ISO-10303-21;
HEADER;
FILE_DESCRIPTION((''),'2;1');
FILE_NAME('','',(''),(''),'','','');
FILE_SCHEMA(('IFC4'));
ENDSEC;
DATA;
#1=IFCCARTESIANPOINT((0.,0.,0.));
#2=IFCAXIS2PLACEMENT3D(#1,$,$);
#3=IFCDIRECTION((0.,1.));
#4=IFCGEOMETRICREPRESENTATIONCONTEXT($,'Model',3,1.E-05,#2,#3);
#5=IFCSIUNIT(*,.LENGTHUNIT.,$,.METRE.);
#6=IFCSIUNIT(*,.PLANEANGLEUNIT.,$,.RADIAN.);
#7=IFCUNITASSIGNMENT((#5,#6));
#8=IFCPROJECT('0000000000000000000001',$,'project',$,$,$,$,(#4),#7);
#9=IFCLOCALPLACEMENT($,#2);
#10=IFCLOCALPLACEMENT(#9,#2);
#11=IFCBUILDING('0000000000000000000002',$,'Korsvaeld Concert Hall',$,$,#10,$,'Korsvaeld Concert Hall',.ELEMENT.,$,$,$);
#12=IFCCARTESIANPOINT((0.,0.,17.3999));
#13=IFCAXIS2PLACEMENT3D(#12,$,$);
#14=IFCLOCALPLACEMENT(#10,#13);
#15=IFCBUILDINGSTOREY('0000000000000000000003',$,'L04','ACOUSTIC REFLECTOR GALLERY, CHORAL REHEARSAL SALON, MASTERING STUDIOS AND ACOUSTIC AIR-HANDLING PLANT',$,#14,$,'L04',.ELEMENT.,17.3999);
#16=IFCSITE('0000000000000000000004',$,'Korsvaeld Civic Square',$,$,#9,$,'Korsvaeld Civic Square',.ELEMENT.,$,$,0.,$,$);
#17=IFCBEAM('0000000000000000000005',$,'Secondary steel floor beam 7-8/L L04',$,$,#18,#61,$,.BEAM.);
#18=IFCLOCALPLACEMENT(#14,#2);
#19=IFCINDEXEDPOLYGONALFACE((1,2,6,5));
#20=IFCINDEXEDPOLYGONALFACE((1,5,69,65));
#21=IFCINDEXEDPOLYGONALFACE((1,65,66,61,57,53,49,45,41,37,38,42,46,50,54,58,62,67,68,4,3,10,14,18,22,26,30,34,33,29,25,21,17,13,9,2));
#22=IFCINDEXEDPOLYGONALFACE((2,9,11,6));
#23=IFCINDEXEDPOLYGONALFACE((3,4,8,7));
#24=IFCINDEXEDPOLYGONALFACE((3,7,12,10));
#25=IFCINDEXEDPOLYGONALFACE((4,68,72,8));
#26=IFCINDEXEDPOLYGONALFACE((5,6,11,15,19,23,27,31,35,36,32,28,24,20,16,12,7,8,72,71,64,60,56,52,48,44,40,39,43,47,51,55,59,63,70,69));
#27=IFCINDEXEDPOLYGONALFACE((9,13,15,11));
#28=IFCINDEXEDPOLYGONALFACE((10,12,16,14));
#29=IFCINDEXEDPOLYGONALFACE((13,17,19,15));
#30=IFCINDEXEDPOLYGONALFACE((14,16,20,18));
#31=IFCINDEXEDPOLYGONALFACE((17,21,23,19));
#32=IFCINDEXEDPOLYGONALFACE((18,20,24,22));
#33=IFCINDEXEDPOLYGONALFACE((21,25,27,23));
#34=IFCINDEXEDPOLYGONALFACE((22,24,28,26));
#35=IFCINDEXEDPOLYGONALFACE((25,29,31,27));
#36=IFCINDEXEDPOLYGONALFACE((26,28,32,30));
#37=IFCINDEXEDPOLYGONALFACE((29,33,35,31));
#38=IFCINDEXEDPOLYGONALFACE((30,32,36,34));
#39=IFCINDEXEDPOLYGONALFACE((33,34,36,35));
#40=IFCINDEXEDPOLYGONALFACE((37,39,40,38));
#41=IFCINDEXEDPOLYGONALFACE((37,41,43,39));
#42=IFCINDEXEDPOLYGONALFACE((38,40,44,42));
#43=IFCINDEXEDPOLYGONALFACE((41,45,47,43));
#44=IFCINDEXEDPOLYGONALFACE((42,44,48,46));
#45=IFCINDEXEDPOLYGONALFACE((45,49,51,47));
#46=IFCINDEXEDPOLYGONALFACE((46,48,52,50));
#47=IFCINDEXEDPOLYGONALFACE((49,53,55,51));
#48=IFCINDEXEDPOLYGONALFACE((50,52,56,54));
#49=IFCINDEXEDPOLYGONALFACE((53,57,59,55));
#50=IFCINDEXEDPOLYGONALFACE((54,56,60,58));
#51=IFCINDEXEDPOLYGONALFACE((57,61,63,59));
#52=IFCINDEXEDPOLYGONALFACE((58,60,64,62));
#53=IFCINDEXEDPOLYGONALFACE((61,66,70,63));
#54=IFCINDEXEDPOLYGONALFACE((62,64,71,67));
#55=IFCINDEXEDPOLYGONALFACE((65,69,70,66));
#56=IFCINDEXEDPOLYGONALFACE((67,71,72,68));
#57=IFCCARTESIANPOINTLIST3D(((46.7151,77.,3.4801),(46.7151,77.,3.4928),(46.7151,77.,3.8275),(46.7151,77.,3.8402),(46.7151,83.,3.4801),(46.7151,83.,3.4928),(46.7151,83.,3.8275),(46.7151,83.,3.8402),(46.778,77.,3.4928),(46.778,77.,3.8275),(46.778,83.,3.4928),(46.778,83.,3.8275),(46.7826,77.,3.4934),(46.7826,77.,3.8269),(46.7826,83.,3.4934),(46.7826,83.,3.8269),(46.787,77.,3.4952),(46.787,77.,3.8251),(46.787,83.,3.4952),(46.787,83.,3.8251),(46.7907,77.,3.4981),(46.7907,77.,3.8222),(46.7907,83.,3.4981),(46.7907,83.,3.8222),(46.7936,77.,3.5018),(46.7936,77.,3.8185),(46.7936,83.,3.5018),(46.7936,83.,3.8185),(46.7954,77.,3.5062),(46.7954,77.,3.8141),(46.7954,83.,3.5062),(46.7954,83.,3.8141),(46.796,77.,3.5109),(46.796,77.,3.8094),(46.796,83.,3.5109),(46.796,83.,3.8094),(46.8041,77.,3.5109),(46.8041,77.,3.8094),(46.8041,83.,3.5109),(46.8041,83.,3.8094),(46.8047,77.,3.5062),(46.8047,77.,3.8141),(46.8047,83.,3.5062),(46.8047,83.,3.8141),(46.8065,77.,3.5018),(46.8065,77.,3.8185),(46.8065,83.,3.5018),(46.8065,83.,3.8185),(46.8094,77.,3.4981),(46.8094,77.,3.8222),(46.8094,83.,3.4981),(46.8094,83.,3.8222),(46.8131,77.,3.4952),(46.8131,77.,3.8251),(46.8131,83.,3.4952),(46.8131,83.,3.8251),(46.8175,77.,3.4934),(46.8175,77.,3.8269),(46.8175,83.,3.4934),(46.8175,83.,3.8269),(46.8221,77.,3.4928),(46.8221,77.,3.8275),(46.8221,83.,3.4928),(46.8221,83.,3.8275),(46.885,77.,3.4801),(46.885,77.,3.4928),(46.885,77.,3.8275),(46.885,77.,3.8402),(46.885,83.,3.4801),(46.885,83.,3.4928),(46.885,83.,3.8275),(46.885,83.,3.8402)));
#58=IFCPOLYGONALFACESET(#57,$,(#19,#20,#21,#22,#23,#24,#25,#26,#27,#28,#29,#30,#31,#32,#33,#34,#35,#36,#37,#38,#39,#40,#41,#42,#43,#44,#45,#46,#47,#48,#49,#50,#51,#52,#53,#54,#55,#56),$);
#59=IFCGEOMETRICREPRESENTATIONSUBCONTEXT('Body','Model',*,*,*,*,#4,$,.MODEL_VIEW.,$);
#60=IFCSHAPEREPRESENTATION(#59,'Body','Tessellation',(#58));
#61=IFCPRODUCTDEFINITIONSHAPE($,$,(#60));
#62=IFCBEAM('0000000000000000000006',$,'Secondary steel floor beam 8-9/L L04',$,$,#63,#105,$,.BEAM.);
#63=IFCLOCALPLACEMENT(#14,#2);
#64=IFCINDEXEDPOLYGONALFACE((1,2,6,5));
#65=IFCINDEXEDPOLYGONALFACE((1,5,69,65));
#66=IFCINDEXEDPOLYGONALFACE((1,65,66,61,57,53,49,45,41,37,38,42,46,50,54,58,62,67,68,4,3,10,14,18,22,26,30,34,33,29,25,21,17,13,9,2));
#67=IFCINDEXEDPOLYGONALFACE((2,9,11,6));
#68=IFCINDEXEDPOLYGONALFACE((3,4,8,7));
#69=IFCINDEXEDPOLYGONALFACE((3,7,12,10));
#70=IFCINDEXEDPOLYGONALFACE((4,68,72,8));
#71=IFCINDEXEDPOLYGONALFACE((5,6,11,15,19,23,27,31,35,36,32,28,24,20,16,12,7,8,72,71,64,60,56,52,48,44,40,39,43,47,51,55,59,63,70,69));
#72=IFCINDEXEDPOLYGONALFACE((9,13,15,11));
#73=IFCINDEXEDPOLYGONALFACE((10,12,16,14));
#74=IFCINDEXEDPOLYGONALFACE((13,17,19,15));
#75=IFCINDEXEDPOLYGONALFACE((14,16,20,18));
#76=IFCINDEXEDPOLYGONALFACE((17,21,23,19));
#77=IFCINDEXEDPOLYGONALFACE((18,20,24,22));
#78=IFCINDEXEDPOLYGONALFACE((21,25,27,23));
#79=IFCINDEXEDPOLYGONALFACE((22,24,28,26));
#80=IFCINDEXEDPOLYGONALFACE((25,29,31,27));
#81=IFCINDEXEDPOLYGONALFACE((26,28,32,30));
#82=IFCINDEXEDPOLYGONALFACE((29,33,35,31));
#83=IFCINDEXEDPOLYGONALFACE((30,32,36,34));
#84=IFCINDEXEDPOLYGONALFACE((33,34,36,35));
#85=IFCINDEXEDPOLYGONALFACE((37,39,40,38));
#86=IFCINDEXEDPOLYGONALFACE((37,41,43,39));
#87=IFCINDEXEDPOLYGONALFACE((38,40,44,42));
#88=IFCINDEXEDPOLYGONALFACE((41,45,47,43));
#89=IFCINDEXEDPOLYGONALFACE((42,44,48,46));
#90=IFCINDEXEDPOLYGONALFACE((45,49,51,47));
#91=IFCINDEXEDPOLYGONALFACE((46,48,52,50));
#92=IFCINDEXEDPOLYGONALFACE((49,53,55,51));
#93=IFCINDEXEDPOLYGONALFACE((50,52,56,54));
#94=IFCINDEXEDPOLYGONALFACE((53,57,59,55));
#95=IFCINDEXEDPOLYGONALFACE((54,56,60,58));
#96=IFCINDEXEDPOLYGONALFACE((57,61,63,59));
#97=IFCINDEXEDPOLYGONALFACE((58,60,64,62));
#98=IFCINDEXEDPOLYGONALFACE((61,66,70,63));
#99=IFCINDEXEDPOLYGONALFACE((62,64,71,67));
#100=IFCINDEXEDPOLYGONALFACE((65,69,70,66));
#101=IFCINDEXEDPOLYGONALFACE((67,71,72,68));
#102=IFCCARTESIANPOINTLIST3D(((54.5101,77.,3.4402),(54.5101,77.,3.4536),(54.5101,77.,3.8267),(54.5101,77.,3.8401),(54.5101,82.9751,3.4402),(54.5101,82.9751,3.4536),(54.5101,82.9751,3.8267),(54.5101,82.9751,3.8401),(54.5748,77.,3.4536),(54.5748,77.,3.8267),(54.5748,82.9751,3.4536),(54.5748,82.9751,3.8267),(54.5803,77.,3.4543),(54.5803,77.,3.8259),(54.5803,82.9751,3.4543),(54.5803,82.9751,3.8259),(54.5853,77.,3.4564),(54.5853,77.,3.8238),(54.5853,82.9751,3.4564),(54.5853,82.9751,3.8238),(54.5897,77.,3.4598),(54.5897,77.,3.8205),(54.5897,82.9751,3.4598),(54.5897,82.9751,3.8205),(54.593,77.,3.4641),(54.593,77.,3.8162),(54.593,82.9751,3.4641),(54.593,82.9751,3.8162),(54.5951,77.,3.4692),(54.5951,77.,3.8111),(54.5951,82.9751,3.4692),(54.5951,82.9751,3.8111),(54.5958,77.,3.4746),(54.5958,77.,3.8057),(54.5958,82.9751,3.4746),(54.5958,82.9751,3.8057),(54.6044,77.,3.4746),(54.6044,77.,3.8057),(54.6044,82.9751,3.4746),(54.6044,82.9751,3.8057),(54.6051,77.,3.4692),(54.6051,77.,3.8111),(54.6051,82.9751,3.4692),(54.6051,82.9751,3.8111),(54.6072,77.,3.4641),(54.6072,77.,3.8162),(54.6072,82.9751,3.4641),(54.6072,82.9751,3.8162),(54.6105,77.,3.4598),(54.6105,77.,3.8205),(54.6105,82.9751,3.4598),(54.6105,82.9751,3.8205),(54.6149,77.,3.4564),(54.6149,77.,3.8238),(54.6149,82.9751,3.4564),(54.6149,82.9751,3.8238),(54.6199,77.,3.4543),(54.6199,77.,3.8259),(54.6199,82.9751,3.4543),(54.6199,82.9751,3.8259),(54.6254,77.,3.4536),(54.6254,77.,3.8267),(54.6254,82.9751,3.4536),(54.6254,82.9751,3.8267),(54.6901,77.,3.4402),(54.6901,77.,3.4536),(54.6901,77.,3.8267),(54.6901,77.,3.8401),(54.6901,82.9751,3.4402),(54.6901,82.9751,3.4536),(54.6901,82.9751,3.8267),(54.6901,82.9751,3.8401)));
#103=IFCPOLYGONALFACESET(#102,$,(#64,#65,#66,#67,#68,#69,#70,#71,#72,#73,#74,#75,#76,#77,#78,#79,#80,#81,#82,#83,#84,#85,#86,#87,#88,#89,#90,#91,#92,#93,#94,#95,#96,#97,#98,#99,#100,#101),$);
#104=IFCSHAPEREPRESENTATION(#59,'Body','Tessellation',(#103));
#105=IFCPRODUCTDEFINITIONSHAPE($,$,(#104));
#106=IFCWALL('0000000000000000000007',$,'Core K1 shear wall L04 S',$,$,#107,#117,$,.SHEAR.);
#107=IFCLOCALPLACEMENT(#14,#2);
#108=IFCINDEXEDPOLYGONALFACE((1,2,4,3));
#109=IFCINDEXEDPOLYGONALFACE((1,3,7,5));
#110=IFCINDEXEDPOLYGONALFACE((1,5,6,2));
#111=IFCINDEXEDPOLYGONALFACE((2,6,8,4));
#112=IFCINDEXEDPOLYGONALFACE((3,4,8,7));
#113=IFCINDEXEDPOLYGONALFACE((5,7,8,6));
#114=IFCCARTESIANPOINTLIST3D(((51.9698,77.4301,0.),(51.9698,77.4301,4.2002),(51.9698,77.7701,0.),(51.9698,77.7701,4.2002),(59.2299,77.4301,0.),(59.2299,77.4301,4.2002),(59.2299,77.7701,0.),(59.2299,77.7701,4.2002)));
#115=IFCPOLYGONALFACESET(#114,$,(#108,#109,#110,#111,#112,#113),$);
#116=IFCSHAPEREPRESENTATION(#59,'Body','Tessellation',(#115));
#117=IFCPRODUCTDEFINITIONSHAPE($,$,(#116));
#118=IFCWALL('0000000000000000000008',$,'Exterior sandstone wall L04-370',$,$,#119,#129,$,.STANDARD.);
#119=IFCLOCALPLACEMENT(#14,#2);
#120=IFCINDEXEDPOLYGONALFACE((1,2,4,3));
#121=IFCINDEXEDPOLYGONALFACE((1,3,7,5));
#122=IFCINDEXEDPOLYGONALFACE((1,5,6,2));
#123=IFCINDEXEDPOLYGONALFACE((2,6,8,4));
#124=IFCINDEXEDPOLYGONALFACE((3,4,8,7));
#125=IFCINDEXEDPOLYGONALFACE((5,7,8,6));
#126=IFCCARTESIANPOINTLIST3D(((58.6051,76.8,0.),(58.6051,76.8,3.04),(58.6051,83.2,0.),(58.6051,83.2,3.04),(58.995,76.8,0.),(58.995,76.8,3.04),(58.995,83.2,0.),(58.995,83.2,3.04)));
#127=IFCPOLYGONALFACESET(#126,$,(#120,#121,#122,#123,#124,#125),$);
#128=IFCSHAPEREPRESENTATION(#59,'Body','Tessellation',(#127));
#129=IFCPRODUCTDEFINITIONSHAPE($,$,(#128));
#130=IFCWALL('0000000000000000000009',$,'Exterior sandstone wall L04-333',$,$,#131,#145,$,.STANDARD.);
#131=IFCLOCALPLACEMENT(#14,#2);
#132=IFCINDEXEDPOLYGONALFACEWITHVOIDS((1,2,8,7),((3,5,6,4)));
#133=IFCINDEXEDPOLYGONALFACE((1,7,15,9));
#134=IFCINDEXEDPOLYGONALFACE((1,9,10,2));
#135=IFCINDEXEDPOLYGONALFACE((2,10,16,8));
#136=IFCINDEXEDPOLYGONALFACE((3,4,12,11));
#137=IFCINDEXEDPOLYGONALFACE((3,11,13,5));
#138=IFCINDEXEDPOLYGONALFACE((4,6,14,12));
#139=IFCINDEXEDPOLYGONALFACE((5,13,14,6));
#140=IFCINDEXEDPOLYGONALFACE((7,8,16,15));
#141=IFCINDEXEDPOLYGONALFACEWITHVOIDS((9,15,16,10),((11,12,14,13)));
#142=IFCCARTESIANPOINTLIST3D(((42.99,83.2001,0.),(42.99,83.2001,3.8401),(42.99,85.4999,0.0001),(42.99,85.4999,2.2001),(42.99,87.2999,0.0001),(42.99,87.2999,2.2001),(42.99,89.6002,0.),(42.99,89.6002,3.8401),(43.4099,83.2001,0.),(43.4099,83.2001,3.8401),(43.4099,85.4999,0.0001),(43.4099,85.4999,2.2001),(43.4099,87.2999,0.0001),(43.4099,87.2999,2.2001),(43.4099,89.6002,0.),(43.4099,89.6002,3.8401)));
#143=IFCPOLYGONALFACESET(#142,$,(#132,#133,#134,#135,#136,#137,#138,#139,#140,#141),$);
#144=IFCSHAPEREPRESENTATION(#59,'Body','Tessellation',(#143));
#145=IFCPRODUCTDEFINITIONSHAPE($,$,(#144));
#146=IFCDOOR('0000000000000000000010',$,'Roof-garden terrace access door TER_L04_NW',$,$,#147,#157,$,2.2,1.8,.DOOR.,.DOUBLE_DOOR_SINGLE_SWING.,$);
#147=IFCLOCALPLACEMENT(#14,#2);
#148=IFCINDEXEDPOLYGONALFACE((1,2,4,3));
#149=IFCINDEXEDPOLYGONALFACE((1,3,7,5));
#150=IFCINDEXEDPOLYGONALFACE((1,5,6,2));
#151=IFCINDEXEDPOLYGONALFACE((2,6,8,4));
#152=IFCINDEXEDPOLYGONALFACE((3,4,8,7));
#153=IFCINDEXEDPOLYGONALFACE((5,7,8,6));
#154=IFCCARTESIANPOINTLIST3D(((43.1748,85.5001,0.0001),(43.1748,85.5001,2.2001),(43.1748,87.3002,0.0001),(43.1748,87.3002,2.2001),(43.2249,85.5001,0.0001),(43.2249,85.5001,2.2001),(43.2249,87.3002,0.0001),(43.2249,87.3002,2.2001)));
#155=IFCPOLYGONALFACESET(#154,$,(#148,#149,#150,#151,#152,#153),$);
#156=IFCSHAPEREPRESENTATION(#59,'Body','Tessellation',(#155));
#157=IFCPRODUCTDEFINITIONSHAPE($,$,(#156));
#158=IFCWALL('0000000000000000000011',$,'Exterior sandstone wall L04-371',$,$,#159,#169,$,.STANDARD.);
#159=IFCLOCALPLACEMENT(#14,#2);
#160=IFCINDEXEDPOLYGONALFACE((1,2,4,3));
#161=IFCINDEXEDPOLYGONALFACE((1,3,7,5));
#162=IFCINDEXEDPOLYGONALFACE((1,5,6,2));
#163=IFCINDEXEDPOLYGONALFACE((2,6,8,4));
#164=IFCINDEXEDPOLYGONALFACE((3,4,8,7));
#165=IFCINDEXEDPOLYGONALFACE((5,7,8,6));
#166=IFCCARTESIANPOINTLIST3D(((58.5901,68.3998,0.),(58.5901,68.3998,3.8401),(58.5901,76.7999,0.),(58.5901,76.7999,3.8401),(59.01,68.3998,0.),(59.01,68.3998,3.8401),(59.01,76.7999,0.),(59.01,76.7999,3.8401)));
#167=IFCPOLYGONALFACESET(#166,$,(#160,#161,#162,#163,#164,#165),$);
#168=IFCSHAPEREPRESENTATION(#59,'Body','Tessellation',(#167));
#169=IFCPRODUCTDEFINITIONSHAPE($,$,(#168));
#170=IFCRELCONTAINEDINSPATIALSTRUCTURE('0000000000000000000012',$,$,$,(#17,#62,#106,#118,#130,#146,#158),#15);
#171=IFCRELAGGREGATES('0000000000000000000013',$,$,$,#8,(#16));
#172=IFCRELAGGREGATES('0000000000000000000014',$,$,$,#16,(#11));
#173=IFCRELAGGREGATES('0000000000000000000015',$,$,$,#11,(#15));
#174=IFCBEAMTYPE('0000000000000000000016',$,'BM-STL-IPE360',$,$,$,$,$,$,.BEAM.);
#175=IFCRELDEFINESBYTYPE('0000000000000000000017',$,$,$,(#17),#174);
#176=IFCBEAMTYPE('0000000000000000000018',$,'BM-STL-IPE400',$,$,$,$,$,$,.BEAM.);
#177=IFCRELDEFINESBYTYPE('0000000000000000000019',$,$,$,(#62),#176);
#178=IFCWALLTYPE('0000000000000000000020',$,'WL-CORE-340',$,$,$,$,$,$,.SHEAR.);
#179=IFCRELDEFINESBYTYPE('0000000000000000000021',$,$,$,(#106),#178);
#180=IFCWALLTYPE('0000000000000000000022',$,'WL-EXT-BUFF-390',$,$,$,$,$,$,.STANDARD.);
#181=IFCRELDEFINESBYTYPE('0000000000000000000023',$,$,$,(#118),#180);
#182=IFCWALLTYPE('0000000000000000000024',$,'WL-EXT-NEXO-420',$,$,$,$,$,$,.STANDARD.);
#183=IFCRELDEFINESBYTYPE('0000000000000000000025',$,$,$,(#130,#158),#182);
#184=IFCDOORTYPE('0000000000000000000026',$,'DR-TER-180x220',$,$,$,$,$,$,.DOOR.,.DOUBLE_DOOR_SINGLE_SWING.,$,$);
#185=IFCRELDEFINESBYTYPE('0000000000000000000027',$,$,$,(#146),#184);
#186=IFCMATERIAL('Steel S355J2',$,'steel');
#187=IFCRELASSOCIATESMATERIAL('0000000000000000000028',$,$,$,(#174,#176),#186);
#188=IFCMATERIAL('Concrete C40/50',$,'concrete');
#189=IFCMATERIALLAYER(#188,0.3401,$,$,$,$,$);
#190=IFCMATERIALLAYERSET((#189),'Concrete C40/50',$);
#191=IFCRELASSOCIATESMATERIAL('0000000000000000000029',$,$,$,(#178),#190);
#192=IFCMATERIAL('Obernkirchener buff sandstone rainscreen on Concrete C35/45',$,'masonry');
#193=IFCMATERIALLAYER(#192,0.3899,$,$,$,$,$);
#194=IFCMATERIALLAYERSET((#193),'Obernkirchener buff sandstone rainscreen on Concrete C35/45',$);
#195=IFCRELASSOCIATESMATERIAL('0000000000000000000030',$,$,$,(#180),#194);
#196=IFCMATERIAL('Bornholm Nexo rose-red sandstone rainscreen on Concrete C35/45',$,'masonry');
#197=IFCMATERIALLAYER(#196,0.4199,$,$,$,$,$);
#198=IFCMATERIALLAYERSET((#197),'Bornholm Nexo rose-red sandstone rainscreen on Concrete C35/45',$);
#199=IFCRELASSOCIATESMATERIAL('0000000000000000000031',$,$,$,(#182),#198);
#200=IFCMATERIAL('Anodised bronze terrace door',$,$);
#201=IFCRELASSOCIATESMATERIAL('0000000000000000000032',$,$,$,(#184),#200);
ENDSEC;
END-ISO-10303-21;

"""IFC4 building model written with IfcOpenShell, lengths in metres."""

from ifc_helpers import new_model, si_unit, direction, frame, frame_2d, origin, origin_2d, place, context, subcontext, project, spatial, rectangle, i_section, extrude, material, layer, layer_set, material_profile, profile_set, type_object, element, fill, save


model = new_model("IFC4")

# Units and contexts
model_context = context("Model", 3, precision=1e-05, world=origin(), true_north=direction((0.0, 1.0)))
body_context = subcontext(model_context, "Body", "Model", "MODEL_VIEW")
ifc_project = project(units=[si_unit("LENGTHUNIT", "METRE"), si_unit("PLANEANGLEUNIT", "RADIAN")], contexts=[model_context])

# Site, building, storey
site_placement = place(None, origin())
site = spatial("IfcSite", under=ifc_project, at=site_placement, Name="Korsvaeld Civic Square", LongName="Korsvaeld Civic Square", CompositionType="ELEMENT", RefElevation=0.0)
building_placement = place(site_placement, origin())
building = spatial("IfcBuilding", under=site, at=building_placement, Name="Korsvaeld Concert Hall", LongName="Korsvaeld Concert Hall", CompositionType="ELEMENT")
storey_placement = place(building_placement, frame((0.0, 0.0, 17.3999)))
storey = spatial("IfcBuildingStorey", under=building, at=storey_placement, Name="L04", Description="ACOUSTIC REFLECTOR GALLERY, CHORAL REHEARSAL SALON, MASTERING STUDIOS AND ACOUSTIC AIR-HANDLING PLANT", LongName="L04", CompositionType="ELEMENT", Elevation=17.3999)

# Shared definitions
ifc_material_1 = material(Name="Concrete C40/50", Category="concrete")

# Beams
ifc_material_2 = material(Name="Steel S355J2", Category="steel")
ifc_material_profile_1 = material_profile(ifc_material_2, i_section(OverallWidth=0.1699, OverallDepth=0.3601, WebThickness=0.0081, FlangeThickness=0.0127, FilletRadius=0.0181, at=origin_2d()), Name="IPE 360")
ifc_profile_set_1 = profile_set([ifc_material_profile_1], Name="Steel S355J2")
beam_type_1 = type_object("IfcBeamType", Name="BM-STL-IPE360", PredefinedType="BEAM", material=ifc_profile_set_1)
beam_1_placement = place(storey_placement, frame((46.8, 77.0, 3.6602), z_axis=(0.0, 1.0, 0.0), x_axis=(-1.0, 0.0, 0.0)))
element("IfcBeam", 1, at=beam_1_placement, inside=storey, type_object=beam_type_1, Name="Secondary steel floor beam 7-8/L L04", PredefinedType="BEAM", context=body_context, shape_type="SweptSolid", body=[
    extrude(i_section(OverallWidth=0.1699, OverallDepth=0.3601, WebThickness=0.0081, FlangeThickness=0.0127, FilletRadius=0.0181, at=origin_2d()), origin(), (0.0, 0.0, 1.0), 6.0),
])
ifc_material_profile_2 = material_profile(ifc_material_2, i_section(OverallWidth=0.1799, OverallDepth=0.3999, WebThickness=0.0085, FlangeThickness=0.0134, FilletRadius=0.021, at=origin_2d()), Name="IPE 400")
ifc_profile_set_2 = profile_set([ifc_material_profile_2], Name="Steel S355J2")
beam_type_2 = type_object("IfcBeamType", Name="BM-STL-IPE400", PredefinedType="BEAM", material=ifc_profile_set_2)
beam_2_placement = place(storey_placement, frame((54.6001, 77.0, 3.6401), z_axis=(0.0, 1.0, 0.0), x_axis=(-1.0, 0.0, 0.0)))
element("IfcBeam", 2, at=beam_2_placement, inside=storey, type_object=beam_type_2, Name="Secondary steel floor beam 8-9/L L04", PredefinedType="BEAM", context=body_context, shape_type="SweptSolid", body=[
    extrude(i_section(OverallWidth=0.1799, OverallDepth=0.3999, WebThickness=0.0085, FlangeThickness=0.0134, FilletRadius=0.021, at=origin_2d()), origin(), (0.0, 0.0, 1.0), 5.9751),
])

# Wall
ifc_layer_1 = layer(ifc_material_1, 0.3401)
ifc_layer_set_1 = layer_set([ifc_layer_1], Name="Concrete C40/50")
wall_type_1 = type_object("IfcWallType", Name="WL-CORE-340", PredefinedType="SHEAR", material=ifc_layer_set_1)
wall_1_placement = place(storey_placement, frame((51.97, 77.6001, 0.0), z_axis=(0.0, 0.0, 1.0), x_axis=(1.0, 0.0, 0.0)))
element("IfcWall", 3, at=wall_1_placement, inside=storey, type_object=wall_type_1, Name="Core K1 shear wall L04 S", PredefinedType="SHEAR", context=body_context, shape_type="SweptSolid", body=[
    extrude(rectangle(XDim=7.26, YDim=0.3401, at=frame_2d((3.6299, 0.0))), origin(), (0.0, 0.0, 1.0), 4.2002),
])

# Wall
ifc_material_3 = material(Name="Obernkirchener buff sandstone rainscreen on Concrete C35/45", Category="masonry")
ifc_layer_2 = layer(ifc_material_3, 0.3899)
ifc_layer_set_2 = layer_set([ifc_layer_2], Name="Obernkirchener buff sandstone rainscreen on Concrete C35/45")
wall_type_2 = type_object("IfcWallType", Name="WL-EXT-BUFF-390", PredefinedType="STANDARD", material=ifc_layer_set_2)
wall_2_placement = place(storey_placement, frame((58.8, 83.2, 0.0), z_axis=(0.0, 0.0, 1.0), x_axis=(0.0, -1.0, 0.0)))
element("IfcWall", 4, at=wall_2_placement, inside=storey, type_object=wall_type_2, Name="Exterior sandstone wall L04-370", PredefinedType="STANDARD", context=body_context, shape_type="SweptSolid", body=[
    extrude(rectangle(XDim=6.3999, YDim=0.3899, at=frame_2d((3.2, 0.0))), origin(), (0.0, 0.0, 1.0), 3.04),
])

# Wall, opening, door
ifc_material_4 = material(Name="Bornholm Nexo rose-red sandstone rainscreen on Concrete C35/45", Category="masonry")
ifc_layer_3 = layer(ifc_material_4, 0.4199)
ifc_layer_set_3 = layer_set([ifc_layer_3], Name="Bornholm Nexo rose-red sandstone rainscreen on Concrete C35/45")
wall_type_3 = type_object("IfcWallType", Name="WL-EXT-NEXO-420", PredefinedType="STANDARD", material=ifc_layer_set_3)
wall_3_placement = place(storey_placement, frame((43.2, 83.2, 0.0), z_axis=(0.0, 0.0, 1.0), x_axis=(0.0, 1.0, 0.0)))
wall_3 = element("IfcWall", 5, at=wall_3_placement, inside=storey, type_object=wall_type_3, Name="Exterior sandstone wall L04-333", PredefinedType="STANDARD", context=body_context, shape_type="SweptSolid", body=[
    extrude(rectangle(XDim=6.4001, YDim=0.4199, at=frame_2d((3.2002, 0.0))), origin(), (0.0, 0.0, 1.0), 3.8401),
])
opening_1_placement = place(wall_3_placement, frame((2.3, 0.0, 0.0)))
opening_1 = element("IfcOpeningElement", 6, at=opening_1_placement, cuts=wall_3, PredefinedType="OPENING", context=body_context, shape_type="SweptSolid", body=[
    extrude(rectangle(XDim=1.8, YDim=2.2, at=frame_2d((0.8999, 1.1001))), frame((0.0, 0.22, 0.0), z_axis=(0.0, -1.0, 0.0), x_axis=(1.0, 0.0, 0.0)), (0.0, 0.0, 1.0), 0.4399),
])
ifc_material_5 = material(Name="Anodised bronze terrace door")
door_type_1 = type_object("IfcDoorType", Name="DR-TER-180x220", OperationType="DOUBLE_DOOR_SINGLE_SWING", PredefinedType="DOOR", material=ifc_material_5)
door_1_placement = place(opening_1_placement, frame((1.8, 0.0, 0.0), z_axis=(0.0, 0.0, 1.0), x_axis=(-1.0, 0.0, 0.0)))
door_1 = element("IfcDoor", 7, at=door_1_placement, inside=storey, type_object=door_type_1, Name="Roof-garden terrace access door TER_L04_NW", OperationType="DOUBLE_DOOR_SINGLE_SWING", OverallHeight=2.2, OverallWidth=1.8, PredefinedType="DOOR", context=body_context, shape_type="SweptSolid", body=[
    extrude(rectangle(XDim=1.8, YDim=2.2, at=frame_2d((0.8999, 1.1001))), frame((0.0, 0.0249, 0.0), z_axis=(0.0, -1.0, 0.0), x_axis=(1.0, 0.0, 0.0)), (0.0, 0.0, 1.0), 0.05),
])
fill(opening_1, door_1)

# Wall
wall_4_placement = place(storey_placement, frame((58.8, 76.8, 0.0), z_axis=(0.0, 0.0, 1.0), x_axis=(0.0, -1.0, 0.0)))
element("IfcWall", 8, at=wall_4_placement, inside=storey, type_object=wall_type_3, Name="Exterior sandstone wall L04-371", PredefinedType="STANDARD", context=body_context, shape_type="SweptSolid", body=[
    extrude(rectangle(XDim=8.4001, YDim=0.4199, at=frame_2d((4.2002, 0.0))), origin(), (0.0, 0.0, 1.0), 3.8401),
])

save(model, "model.ifc")
